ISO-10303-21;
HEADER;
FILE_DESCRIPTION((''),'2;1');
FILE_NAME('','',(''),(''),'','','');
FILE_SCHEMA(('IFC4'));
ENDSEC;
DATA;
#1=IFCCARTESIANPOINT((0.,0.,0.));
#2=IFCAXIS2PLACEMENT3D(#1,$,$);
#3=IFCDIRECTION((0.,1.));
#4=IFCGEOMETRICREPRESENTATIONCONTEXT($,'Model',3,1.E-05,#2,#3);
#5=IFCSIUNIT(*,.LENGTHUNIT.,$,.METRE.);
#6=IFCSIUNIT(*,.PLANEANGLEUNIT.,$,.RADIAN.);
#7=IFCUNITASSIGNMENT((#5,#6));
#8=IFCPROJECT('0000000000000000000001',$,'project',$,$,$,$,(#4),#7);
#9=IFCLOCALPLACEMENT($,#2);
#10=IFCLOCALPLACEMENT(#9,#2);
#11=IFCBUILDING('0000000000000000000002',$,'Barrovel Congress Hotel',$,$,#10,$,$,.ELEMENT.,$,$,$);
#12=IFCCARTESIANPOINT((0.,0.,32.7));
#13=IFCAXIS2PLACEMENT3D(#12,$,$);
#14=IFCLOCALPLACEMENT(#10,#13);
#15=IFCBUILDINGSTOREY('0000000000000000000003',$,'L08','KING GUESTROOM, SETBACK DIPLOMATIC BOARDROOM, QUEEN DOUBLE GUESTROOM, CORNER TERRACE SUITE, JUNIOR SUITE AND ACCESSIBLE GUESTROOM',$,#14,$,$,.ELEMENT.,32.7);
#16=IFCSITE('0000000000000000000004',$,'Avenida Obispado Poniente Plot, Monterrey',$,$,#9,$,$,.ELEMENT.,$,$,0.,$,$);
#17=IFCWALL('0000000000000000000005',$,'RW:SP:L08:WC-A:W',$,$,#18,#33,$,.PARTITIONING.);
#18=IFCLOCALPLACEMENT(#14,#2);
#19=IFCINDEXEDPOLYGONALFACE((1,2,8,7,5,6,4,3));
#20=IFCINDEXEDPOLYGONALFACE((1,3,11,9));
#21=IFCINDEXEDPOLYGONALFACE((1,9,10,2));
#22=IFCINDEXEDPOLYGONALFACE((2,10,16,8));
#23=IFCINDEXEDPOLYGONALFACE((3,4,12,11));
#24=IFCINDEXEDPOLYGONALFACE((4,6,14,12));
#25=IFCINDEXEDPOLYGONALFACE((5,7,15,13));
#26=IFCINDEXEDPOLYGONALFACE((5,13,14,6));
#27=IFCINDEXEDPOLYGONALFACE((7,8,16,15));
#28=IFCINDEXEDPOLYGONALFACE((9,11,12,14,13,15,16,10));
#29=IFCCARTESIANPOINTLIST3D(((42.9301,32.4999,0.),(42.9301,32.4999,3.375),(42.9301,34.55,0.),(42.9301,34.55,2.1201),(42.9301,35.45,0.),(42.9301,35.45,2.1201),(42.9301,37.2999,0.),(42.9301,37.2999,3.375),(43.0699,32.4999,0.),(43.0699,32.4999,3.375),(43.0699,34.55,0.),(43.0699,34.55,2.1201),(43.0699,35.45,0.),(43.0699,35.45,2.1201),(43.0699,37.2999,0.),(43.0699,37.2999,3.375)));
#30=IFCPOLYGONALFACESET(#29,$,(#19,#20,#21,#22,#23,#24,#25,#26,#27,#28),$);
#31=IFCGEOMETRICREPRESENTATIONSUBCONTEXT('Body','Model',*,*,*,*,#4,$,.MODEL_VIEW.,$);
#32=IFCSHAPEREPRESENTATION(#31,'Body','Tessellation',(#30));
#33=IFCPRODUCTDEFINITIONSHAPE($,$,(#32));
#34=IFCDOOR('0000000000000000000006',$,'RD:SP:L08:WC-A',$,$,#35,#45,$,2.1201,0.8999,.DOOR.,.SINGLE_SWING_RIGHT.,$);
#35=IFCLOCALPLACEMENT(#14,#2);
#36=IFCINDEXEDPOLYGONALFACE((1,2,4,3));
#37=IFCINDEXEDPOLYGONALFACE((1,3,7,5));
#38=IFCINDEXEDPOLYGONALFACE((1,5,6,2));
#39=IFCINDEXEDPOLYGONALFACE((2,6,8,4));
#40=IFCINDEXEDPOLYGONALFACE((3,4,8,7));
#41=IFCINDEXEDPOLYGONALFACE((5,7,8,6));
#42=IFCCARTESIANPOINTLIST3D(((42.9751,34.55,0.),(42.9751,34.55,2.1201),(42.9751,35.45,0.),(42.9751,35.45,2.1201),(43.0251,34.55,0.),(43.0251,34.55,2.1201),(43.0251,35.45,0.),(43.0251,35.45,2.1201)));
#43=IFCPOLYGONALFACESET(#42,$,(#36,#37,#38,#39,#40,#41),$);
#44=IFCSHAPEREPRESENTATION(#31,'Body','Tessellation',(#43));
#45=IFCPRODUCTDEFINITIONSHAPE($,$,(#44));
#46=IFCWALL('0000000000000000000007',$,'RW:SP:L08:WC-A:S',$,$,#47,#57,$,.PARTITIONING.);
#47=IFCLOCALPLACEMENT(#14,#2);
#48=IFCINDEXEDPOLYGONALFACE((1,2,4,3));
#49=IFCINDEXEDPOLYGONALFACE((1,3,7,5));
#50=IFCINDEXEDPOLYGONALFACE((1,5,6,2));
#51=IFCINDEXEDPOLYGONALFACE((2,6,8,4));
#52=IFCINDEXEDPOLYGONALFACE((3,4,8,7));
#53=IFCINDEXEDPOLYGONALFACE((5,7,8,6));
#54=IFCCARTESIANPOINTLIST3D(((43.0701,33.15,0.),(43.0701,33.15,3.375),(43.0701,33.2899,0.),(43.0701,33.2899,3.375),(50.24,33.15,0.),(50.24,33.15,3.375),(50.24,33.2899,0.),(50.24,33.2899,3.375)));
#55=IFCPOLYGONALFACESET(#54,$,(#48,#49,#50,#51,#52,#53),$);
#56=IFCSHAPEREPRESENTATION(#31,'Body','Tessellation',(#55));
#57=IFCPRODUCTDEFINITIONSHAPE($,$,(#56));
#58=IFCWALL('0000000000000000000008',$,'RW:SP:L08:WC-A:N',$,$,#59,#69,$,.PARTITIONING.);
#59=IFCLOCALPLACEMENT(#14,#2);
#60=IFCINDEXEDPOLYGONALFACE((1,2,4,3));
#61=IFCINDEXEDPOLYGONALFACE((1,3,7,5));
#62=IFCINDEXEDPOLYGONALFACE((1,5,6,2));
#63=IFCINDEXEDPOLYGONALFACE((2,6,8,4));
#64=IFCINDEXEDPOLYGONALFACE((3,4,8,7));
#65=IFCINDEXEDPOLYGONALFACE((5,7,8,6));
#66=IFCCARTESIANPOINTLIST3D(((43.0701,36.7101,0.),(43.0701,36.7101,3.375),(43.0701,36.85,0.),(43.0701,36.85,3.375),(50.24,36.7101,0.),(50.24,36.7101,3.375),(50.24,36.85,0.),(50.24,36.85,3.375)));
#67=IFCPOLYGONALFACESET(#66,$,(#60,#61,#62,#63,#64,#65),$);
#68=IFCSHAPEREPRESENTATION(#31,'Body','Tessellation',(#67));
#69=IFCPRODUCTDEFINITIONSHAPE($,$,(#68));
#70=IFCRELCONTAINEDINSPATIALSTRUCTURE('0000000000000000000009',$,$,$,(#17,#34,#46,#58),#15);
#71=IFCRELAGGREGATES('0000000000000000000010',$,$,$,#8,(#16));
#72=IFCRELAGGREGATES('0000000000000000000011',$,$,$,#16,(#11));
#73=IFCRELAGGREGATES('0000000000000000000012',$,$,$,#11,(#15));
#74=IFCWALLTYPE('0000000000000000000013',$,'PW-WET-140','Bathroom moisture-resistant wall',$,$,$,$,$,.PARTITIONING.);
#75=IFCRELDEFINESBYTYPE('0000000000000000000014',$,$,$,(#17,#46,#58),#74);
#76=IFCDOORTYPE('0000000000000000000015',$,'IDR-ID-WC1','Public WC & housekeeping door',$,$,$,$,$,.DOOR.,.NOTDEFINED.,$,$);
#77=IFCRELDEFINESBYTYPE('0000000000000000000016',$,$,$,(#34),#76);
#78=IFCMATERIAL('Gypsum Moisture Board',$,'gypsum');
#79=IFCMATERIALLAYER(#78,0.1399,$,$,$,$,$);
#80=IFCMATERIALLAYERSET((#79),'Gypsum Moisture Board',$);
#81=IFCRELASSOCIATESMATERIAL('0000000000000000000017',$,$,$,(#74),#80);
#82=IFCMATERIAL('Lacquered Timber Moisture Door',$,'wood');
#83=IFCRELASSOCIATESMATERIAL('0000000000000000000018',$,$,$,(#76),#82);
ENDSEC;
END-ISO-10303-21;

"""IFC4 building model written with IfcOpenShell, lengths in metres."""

from ifc_helpers import new_model, si_unit, direction, frame, frame_2d, origin, place, context, subcontext, project, spatial, rectangle, extrude, material, layer, layer_set, type_object, element, fill, save


model = new_model("IFC4")

# Units and contexts
model_context = context("Model", 3, precision=1e-05, world=origin(), true_north=direction((0.0, 1.0)))
body_context = subcontext(model_context, "Body", "Model", "MODEL_VIEW")
ifc_project = project(units=[si_unit("LENGTHUNIT", "METRE"), si_unit("PLANEANGLEUNIT", "RADIAN")], contexts=[model_context])

# Site, building, storey
site_placement = place(None, origin())
site = spatial("IfcSite", under=ifc_project, at=site_placement, Name="Avenida Obispado Poniente Plot, Monterrey", CompositionType="ELEMENT", RefElevation=0.0)
building_placement = place(site_placement, origin())
building = spatial("IfcBuilding", under=site, at=building_placement, Name="Barrovel Congress Hotel", CompositionType="ELEMENT")
storey_placement = place(building_placement, frame((0.0, 0.0, 32.7)))
storey = spatial("IfcBuildingStorey", under=building, at=storey_placement, Name="L08", Description="KING GUESTROOM, SETBACK DIPLOMATIC BOARDROOM, QUEEN DOUBLE GUESTROOM, CORNER TERRACE SUITE, JUNIOR SUITE AND ACCESSIBLE GUESTROOM", CompositionType="ELEMENT", Elevation=32.7)

# Wall, opening, door
ifc_material_1 = material(Name="Gypsum Moisture Board", Category="gypsum")
ifc_layer_1 = layer(ifc_material_1, 0.1399)
ifc_layer_set_1 = layer_set([ifc_layer_1], Name="Gypsum Moisture Board")
wall_type_1 = type_object("IfcWallType", Name="PW-WET-140", Description="Bathroom moisture-resistant wall", PredefinedType="PARTITIONING", material=ifc_layer_set_1)
ifc_material_2 = material(Name="Lacquered Timber Moisture Door", Category="wood")
wall_1_placement = place(storey_placement, frame((43.0, 32.5, 0.0), z_axis=(0.0, 0.0, 1.0), x_axis=(0.0, 1.0, 0.0)))
wall_1 = element("IfcWall", 1, at=wall_1_placement, inside=storey, type_object=wall_type_1, Name="RW:SP:L08:WC-A:W", PredefinedType="PARTITIONING", context=body_context, shape_type="SweptSolid", body=[
    extrude(rectangle(XDim=4.8, YDim=0.1399, at=frame_2d((2.3999, 0.0))), origin(), (0.0, 0.0, 1.0), 3.375),
])
opening_1_placement = place(wall_1_placement, frame((2.05, 0.0, 0.0)))
opening_1 = element("IfcOpeningElement", 2, at=opening_1_placement, cuts=wall_1, PredefinedType="OPENING", context=body_context, shape_type="SweptSolid", body=[
    extrude(rectangle(XDim=0.8999, YDim=2.1201, at=frame_2d((0.45, 1.0601))), frame((0.0, 0.0801, 0.0), z_axis=(0.0, -1.0, 0.0), x_axis=(1.0, 0.0, 0.0)), (0.0, 0.0, 1.0), 0.1599),
])
door_type_1 = type_object("IfcDoorType", Name="IDR-ID-WC1", Description="Public WC & housekeeping door", OperationType="NOTDEFINED", PredefinedType="DOOR", material=ifc_material_2)
door_1_placement = place(opening_1_placement, origin())
door_1 = element("IfcDoor", 3, at=door_1_placement, inside=storey, type_object=door_type_1, Name="RD:SP:L08:WC-A", OperationType="SINGLE_SWING_RIGHT", OverallHeight=2.1201, OverallWidth=0.8999, PredefinedType="DOOR", context=body_context, shape_type="SweptSolid", body=[
    extrude(rectangle(XDim=0.8999, YDim=2.1201, at=frame_2d((0.45, 1.0601))), frame((0.0, 0.0249, 0.0), z_axis=(0.0, -1.0, 0.0), x_axis=(1.0, 0.0, 0.0)), (0.0, 0.0, 1.0), 0.05),
])
fill(opening_1, door_1)

# Walls
for number, where, z_axis, x_axis, name in (
    (4, (43.0701, 33.22, 0.0), (0.0, 0.0, 1.0), (1.0, 0.0, 0.0), "RW:SP:L08:WC-A:S"),
    (5, (43.0701, 36.78, 0.0), (0.0, 0.0, 1.0), (1.0, 0.0, 0.0), "RW:SP:L08:WC-A:N"),
):
    element("IfcWall", number, at=place(storey_placement, frame(where, z_axis=z_axis, x_axis=x_axis)), inside=storey, type_object=wall_type_1, Name=name, PredefinedType="PARTITIONING", context=body_context, shape_type="SweptSolid", body=[
        extrude(rectangle(XDim=7.1699, YDim=0.1399, at=frame_2d((3.585, 0.0))), origin(), (0.0, 0.0, 1.0), 3.375),
    ])

save(model, "model.ifc")
